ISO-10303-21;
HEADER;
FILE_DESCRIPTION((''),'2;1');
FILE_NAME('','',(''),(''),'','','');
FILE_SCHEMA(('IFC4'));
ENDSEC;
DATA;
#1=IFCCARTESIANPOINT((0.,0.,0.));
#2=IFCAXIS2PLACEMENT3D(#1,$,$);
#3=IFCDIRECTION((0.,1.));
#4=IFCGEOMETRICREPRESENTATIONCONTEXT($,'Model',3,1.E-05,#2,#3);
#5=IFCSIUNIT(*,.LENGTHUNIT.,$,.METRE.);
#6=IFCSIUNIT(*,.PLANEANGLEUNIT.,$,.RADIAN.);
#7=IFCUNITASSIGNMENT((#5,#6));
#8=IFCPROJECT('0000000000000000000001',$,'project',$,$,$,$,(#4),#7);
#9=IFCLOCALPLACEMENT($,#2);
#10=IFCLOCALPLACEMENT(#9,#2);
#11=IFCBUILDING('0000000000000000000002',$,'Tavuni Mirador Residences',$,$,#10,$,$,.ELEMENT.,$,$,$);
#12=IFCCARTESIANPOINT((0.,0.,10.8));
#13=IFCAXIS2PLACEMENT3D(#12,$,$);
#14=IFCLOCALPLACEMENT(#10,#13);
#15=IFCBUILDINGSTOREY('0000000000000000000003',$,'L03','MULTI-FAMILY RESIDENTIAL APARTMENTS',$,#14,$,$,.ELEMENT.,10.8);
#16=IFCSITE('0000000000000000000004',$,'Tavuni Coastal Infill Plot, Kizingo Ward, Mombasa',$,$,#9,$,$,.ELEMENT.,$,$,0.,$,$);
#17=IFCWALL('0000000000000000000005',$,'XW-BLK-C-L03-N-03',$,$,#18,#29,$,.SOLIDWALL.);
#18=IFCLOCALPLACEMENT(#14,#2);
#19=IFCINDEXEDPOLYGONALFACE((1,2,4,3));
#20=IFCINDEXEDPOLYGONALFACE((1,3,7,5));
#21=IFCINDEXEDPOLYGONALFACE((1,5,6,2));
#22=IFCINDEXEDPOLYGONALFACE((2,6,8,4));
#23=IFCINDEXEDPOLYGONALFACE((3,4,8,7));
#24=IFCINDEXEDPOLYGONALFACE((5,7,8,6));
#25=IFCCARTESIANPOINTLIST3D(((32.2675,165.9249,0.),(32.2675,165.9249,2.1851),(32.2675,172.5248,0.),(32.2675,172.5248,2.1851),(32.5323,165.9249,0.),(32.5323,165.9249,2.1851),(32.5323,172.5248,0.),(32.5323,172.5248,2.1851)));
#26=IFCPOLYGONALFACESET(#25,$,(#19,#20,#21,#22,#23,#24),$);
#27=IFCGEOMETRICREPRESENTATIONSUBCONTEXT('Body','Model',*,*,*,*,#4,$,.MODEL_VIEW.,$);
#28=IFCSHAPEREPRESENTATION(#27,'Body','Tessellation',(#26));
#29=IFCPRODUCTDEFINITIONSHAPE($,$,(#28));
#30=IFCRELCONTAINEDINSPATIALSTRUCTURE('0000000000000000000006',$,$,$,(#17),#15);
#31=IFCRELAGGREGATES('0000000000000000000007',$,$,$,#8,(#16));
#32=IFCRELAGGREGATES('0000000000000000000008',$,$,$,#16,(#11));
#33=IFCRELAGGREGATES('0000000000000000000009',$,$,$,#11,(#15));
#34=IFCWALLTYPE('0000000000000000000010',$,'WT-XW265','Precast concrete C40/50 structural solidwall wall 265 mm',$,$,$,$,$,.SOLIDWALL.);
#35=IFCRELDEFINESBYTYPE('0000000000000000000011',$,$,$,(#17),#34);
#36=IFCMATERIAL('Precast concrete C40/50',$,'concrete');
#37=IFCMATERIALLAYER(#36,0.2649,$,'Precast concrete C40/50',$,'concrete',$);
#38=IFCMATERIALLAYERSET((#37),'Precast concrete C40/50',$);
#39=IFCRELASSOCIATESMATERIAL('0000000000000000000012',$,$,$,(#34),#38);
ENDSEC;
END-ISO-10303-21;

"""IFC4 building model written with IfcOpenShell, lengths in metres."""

from ifc_helpers import new_model, si_unit, direction, frame, frame_2d, origin, place, context, subcontext, project, spatial, rectangle, extrude, material, layer, layer_set, type_object, element, save


model = new_model("IFC4")

# Units and contexts
model_context = context("Model", 3, precision=1e-05, world=origin(), true_north=direction((0.0, 1.0)))
body_context = subcontext(model_context, "Body", "Model", "MODEL_VIEW")
ifc_project = project(units=[si_unit("LENGTHUNIT", "METRE"), si_unit("PLANEANGLEUNIT", "RADIAN")], contexts=[model_context])

# Site, building, storey
site_placement = place(None, origin())
site = spatial("IfcSite", under=ifc_project, at=site_placement, Name="Tavuni Coastal Infill Plot, Kizingo Ward, Mombasa", CompositionType="ELEMENT", RefElevation=0.0)
building_placement = place(site_placement, origin())
building = spatial("IfcBuilding", under=site, at=building_placement, Name="Tavuni Mirador Residences", CompositionType="ELEMENT")
storey_placement = place(building_placement, frame((0.0, 0.0, 10.8)))
storey = spatial("IfcBuildingStorey", under=building, at=storey_placement, Name="L03", Description="MULTI-FAMILY RESIDENTIAL APARTMENTS", CompositionType="ELEMENT", Elevation=10.8)

# Shared definitions
ifc_material_1 = material(Name="Precast concrete C40/50", Category="concrete")

# Wall
ifc_layer_1 = layer(ifc_material_1, 0.2649, Name="Precast concrete C40/50", Category="concrete")
ifc_layer_set_1 = layer_set([ifc_layer_1], Name="Precast concrete C40/50")
wall_type_1 = type_object("IfcWallType", Name="WT-XW265", Description="Precast concrete C40/50 structural solidwall wall 265 mm", PredefinedType="SOLIDWALL", material=ifc_layer_set_1)
wall_1_placement = place(storey_placement, frame((32.3999, 165.925, 0.0), z_axis=(0.0, 0.0, 1.0), x_axis=(0.0, 1.0, 0.0)))
element("IfcWall", 1, at=wall_1_placement, inside=storey, type_object=wall_type_1, Name="XW-BLK-C-L03-N-03", PredefinedType="SOLIDWALL", context=body_context, shape_type="SweptSolid", body=[
    extrude(rectangle(XDim=6.5999, YDim=0.2649, at=frame_2d((3.2998, 0.0))), origin(), (0.0, 0.0, 1.0), 2.1851),
])

save(model, "model.ifc")
